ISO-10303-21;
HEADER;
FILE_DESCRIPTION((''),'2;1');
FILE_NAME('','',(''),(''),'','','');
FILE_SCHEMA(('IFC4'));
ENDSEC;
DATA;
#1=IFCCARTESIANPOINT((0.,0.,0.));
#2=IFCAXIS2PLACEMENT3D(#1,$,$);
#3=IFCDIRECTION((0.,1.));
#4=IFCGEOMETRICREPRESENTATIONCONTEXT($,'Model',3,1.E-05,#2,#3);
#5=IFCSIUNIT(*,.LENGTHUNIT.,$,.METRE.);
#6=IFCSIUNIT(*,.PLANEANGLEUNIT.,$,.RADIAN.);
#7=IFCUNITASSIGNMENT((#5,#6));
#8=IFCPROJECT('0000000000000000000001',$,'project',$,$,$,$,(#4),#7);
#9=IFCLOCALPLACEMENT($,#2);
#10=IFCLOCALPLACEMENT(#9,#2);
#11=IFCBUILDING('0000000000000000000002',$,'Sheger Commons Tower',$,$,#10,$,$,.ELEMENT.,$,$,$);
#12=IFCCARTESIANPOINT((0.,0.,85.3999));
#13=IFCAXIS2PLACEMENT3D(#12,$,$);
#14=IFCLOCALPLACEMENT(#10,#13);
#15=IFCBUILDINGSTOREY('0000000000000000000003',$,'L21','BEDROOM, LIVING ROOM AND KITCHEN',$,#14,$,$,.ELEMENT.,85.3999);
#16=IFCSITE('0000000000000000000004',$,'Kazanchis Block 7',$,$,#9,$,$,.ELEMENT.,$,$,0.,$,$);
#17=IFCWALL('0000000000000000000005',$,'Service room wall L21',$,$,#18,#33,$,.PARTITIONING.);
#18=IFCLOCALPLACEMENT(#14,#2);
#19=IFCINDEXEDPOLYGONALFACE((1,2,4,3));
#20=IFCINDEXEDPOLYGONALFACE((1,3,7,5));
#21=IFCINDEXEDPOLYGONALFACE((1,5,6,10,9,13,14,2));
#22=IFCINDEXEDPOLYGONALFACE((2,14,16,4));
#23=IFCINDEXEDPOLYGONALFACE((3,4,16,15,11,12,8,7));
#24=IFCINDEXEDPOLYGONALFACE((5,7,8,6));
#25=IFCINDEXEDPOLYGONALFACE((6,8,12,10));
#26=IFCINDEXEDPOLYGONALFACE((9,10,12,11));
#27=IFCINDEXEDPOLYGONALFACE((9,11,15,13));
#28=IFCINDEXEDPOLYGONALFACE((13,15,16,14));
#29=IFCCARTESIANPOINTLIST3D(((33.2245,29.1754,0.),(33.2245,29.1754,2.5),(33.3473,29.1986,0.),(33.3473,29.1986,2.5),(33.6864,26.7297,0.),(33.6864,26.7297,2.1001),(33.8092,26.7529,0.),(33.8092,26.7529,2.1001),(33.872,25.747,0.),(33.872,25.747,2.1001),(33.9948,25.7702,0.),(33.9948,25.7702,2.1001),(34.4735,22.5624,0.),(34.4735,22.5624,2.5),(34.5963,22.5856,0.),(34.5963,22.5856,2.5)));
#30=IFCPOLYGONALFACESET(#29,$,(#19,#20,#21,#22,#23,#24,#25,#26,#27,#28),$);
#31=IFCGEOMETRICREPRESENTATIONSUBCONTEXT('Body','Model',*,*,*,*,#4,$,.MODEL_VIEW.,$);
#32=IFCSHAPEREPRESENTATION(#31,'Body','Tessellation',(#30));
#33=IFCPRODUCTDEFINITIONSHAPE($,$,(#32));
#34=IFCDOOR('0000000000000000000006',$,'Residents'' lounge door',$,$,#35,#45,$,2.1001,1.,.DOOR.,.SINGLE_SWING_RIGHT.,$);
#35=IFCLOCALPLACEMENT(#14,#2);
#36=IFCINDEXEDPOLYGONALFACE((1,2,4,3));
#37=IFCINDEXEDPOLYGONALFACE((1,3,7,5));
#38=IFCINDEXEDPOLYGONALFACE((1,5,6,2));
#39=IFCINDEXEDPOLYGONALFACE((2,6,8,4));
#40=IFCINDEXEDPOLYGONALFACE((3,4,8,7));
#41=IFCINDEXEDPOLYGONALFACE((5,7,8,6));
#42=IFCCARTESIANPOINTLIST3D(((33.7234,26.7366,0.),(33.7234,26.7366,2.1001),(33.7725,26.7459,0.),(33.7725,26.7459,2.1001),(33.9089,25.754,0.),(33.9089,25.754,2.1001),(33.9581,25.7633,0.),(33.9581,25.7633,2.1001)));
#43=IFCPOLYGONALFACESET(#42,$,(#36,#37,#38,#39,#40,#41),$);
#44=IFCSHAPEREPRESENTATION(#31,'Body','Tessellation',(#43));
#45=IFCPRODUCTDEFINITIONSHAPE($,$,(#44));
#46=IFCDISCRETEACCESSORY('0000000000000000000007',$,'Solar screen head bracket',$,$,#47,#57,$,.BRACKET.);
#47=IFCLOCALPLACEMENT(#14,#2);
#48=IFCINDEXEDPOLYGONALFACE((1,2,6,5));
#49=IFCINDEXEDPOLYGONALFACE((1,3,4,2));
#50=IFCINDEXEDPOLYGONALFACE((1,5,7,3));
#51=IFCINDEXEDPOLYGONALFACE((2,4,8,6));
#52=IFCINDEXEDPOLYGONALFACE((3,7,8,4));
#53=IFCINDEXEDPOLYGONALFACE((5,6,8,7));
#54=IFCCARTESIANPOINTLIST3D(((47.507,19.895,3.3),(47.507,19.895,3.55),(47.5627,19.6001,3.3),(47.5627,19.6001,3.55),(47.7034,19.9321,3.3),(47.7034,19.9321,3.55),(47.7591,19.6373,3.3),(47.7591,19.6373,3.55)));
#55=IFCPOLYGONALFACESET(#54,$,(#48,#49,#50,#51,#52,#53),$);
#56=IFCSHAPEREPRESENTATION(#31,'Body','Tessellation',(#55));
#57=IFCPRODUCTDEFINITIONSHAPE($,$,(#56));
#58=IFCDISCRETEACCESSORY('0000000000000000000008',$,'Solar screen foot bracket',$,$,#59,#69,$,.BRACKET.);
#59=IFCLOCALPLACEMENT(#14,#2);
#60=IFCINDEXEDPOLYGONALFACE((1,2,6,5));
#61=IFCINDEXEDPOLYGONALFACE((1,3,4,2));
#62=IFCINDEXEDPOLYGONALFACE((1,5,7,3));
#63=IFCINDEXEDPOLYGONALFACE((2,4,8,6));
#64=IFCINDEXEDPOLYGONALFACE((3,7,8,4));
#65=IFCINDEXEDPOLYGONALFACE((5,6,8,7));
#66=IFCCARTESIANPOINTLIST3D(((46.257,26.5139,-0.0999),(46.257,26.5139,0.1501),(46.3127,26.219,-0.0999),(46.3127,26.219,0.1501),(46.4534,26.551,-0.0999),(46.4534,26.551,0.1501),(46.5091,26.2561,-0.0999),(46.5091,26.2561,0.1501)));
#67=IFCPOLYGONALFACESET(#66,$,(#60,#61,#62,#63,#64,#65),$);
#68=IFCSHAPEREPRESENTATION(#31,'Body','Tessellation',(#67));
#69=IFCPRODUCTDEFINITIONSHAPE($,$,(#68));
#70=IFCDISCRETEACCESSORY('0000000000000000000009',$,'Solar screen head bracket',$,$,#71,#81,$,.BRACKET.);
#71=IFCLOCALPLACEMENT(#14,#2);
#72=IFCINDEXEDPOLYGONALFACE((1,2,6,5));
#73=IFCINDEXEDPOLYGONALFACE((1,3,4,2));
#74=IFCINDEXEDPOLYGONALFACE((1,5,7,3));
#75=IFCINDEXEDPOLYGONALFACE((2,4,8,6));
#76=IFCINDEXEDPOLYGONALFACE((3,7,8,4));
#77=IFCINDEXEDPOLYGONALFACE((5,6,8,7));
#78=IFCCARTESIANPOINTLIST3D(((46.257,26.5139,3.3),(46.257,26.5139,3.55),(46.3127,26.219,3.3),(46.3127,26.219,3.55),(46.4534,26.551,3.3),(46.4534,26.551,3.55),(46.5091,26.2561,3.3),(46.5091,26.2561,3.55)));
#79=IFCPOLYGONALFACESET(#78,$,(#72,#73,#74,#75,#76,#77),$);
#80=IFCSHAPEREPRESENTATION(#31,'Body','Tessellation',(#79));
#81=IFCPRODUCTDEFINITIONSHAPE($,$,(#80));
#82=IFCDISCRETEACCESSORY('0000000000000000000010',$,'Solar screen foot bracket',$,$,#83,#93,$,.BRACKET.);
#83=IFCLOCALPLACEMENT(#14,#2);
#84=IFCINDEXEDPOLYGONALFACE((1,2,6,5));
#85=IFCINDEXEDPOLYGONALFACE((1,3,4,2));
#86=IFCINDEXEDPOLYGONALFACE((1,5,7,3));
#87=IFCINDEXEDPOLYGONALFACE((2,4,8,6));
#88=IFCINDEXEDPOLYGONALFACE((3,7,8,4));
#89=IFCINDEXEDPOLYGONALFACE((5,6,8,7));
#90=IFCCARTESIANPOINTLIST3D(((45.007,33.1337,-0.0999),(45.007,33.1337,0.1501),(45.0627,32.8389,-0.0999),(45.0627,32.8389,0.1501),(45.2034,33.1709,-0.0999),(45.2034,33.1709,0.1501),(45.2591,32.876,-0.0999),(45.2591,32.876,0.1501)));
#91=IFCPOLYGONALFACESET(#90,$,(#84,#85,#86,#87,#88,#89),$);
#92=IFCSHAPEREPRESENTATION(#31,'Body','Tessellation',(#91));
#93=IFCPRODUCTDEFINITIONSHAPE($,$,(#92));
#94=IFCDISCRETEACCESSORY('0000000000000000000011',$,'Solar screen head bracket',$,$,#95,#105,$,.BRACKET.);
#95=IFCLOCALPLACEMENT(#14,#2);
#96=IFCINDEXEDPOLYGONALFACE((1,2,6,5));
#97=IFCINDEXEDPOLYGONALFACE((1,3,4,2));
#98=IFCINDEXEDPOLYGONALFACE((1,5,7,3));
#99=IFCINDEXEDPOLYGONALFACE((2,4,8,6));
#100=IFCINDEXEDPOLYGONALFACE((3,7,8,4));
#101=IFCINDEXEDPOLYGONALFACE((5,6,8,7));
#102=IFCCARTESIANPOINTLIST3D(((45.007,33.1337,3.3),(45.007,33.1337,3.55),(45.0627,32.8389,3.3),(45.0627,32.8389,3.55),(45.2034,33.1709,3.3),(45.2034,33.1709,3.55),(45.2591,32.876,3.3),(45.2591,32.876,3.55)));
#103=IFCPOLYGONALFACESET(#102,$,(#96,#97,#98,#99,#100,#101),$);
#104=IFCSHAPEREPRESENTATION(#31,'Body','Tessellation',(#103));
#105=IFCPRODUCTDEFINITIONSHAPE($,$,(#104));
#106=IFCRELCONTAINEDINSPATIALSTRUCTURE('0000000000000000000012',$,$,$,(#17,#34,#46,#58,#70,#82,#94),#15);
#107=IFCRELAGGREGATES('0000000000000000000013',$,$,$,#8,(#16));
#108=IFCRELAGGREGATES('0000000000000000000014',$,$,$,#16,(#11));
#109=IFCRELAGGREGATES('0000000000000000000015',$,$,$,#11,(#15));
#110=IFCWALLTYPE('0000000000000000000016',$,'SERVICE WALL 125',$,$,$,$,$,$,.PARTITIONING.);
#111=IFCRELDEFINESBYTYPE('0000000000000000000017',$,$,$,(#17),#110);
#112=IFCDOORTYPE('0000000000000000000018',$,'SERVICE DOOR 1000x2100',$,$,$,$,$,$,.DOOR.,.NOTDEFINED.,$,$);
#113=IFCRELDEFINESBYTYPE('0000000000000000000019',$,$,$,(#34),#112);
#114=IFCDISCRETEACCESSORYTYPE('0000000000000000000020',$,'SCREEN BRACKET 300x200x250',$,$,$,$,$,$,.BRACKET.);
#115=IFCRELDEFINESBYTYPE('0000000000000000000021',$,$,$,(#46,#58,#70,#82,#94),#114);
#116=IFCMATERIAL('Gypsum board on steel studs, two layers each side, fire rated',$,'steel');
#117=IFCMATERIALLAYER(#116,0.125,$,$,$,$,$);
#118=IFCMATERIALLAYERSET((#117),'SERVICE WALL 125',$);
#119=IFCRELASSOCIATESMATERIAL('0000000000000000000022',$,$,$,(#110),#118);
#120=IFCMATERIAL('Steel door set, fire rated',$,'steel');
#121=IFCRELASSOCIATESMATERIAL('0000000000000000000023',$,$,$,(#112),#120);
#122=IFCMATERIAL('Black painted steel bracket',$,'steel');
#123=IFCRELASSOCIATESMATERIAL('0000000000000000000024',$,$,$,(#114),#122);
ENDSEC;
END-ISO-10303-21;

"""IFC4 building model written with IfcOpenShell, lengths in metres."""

from ifc_helpers import new_model, si_unit, direction, frame, frame_2d, origin, origin_2d, place, context, subcontext, project, spatial, rectangle, extrude, material, layer, layer_set, type_object, element, fill, save


model = new_model("IFC4")

# Units and contexts
model_context = context("Model", 3, precision=1e-05, world=origin(), true_north=direction((0.0, 1.0)))
body_context = subcontext(model_context, "Body", "Model", "MODEL_VIEW")
ifc_project = project(units=[si_unit("LENGTHUNIT", "METRE"), si_unit("PLANEANGLEUNIT", "RADIAN")], contexts=[model_context])

# Site, building, storey
site_placement = place(None, origin())
site = spatial("IfcSite", under=ifc_project, at=site_placement, Name="Kazanchis Block 7", CompositionType="ELEMENT", RefElevation=0.0)
building_placement = place(site_placement, origin())
building = spatial("IfcBuilding", under=site, at=building_placement, Name="Sheger Commons Tower", CompositionType="ELEMENT")
storey_placement = place(building_placement, frame((0.0, 0.0, 85.3999)))
storey = spatial("IfcBuildingStorey", under=building, at=storey_placement, Name="L21", Description="BEDROOM, LIVING ROOM AND KITCHEN", CompositionType="ELEMENT", Elevation=85.3999)

# Wall, opening, door
ifc_material_1 = material(Name="Gypsum board on steel studs, two layers each side, fire rated", Category="steel")
ifc_layer_1 = layer(ifc_material_1, 0.125)
ifc_layer_set_1 = layer_set([ifc_layer_1], Name="SERVICE WALL 125")
wall_type_1 = type_object("IfcWallType", Name="SERVICE WALL 125", PredefinedType="PARTITIONING", material=ifc_layer_set_1)
wall_1_placement = place(storey_placement, frame((34.5349, 22.574, 0.0), z_axis=(0.0, 0.0, 1.0), x_axis=(-0.185592, 0.982627, 0.0)))
wall_1 = element("IfcWall", 1, at=wall_1_placement, inside=storey, type_object=wall_type_1, Name="Service room wall L21", PredefinedType="PARTITIONING", context=body_context, shape_type="SweptSolid", body=[
    extrude(rectangle(XDim=6.73, YDim=0.125, at=frame_2d((3.365, 0.0))), origin(), (0.0, 0.0, 1.0), 2.5),
])
opening_1_placement = place(wall_1_placement, frame((3.241, 0.0, 0.0)))
opening_1 = element("IfcOpeningElement", 2, at=opening_1_placement, cuts=wall_1, PredefinedType="OPENING", context=body_context, shape_type="SweptSolid", body=[
    extrude(rectangle(XDim=1.0, YDim=2.1001, at=frame_2d((0.5, 1.05))), frame((0.0, 0.0725, 0.0), z_axis=(0.0, -1.0, 0.0), x_axis=(1.0, 0.0, 0.0)), (0.0, 0.0, 1.0), 0.145),
])
ifc_material_2 = material(Name="Steel door set, fire rated", Category="steel")
door_type_1 = type_object("IfcDoorType", Name="SERVICE DOOR 1000x2100", OperationType="NOTDEFINED", PredefinedType="DOOR", material=ifc_material_2)
door_1_placement = place(opening_1_placement, origin())
door_1 = element("IfcDoor", 3, at=door_1_placement, inside=storey, type_object=door_type_1, Name="Residents' lounge door", OperationType="SINGLE_SWING_RIGHT", OverallHeight=2.1001, OverallWidth=1.0, PredefinedType="DOOR", context=body_context, shape_type="SweptSolid", body=[
    extrude(rectangle(XDim=1.0, YDim=2.1001, at=frame_2d((0.5, 1.05))), frame((0.0, 0.0249, 0.0), z_axis=(0.0, -1.0, 0.0), x_axis=(1.0, 0.0, 0.0)), (0.0, 0.0, 1.0), 0.05),
])
fill(opening_1, door_1)

# Discrete accessories
ifc_material_3 = material(Name="Black painted steel bracket", Category="steel")
discrete_accessory_type = type_object("IfcDiscreteAccessoryType", Name="SCREEN BRACKET 300x200x250", PredefinedType="BRACKET", material=ifc_material_3)
for number, where, z_axis, x_axis, name in (
    (4, (47.6331, 19.7661, 3.3), (0.0, 0.0, 1.0), (-0.185615, 0.982623, 0.0), "Solar screen head bracket"),
    (5, (46.3831, 26.385, -0.0999), (0.0, 0.0, 1.0), (-0.185615, 0.982623, 0.0), "Solar screen foot bracket"),
    (6, (46.3831, 26.385, 3.3), (0.0, 0.0, 1.0), (-0.185615, 0.982623, 0.0), "Solar screen head bracket"),
    (7, (45.1331, 33.0049, -0.0999), (0.0, 0.0, 1.0), (-0.185615, 0.982623, 0.0), "Solar screen foot bracket"),
    (8, (45.1331, 33.0049, 3.3), (0.0, 0.0, 1.0), (-0.185615, 0.982623, 0.0), "Solar screen head bracket"),
):
    element("IfcDiscreteAccessory", number, at=place(storey_placement, frame(where, z_axis=z_axis, x_axis=x_axis)), inside=storey, type_object=discrete_accessory_type, Name=name, PredefinedType="BRACKET", context=body_context, shape_type="SweptSolid", body=[
        extrude(rectangle(XDim=0.3, YDim=0.2, at=origin_2d()), origin(), (0.0, 0.0, 1.0), 0.25),
    ])

save(model, "model.ifc")
